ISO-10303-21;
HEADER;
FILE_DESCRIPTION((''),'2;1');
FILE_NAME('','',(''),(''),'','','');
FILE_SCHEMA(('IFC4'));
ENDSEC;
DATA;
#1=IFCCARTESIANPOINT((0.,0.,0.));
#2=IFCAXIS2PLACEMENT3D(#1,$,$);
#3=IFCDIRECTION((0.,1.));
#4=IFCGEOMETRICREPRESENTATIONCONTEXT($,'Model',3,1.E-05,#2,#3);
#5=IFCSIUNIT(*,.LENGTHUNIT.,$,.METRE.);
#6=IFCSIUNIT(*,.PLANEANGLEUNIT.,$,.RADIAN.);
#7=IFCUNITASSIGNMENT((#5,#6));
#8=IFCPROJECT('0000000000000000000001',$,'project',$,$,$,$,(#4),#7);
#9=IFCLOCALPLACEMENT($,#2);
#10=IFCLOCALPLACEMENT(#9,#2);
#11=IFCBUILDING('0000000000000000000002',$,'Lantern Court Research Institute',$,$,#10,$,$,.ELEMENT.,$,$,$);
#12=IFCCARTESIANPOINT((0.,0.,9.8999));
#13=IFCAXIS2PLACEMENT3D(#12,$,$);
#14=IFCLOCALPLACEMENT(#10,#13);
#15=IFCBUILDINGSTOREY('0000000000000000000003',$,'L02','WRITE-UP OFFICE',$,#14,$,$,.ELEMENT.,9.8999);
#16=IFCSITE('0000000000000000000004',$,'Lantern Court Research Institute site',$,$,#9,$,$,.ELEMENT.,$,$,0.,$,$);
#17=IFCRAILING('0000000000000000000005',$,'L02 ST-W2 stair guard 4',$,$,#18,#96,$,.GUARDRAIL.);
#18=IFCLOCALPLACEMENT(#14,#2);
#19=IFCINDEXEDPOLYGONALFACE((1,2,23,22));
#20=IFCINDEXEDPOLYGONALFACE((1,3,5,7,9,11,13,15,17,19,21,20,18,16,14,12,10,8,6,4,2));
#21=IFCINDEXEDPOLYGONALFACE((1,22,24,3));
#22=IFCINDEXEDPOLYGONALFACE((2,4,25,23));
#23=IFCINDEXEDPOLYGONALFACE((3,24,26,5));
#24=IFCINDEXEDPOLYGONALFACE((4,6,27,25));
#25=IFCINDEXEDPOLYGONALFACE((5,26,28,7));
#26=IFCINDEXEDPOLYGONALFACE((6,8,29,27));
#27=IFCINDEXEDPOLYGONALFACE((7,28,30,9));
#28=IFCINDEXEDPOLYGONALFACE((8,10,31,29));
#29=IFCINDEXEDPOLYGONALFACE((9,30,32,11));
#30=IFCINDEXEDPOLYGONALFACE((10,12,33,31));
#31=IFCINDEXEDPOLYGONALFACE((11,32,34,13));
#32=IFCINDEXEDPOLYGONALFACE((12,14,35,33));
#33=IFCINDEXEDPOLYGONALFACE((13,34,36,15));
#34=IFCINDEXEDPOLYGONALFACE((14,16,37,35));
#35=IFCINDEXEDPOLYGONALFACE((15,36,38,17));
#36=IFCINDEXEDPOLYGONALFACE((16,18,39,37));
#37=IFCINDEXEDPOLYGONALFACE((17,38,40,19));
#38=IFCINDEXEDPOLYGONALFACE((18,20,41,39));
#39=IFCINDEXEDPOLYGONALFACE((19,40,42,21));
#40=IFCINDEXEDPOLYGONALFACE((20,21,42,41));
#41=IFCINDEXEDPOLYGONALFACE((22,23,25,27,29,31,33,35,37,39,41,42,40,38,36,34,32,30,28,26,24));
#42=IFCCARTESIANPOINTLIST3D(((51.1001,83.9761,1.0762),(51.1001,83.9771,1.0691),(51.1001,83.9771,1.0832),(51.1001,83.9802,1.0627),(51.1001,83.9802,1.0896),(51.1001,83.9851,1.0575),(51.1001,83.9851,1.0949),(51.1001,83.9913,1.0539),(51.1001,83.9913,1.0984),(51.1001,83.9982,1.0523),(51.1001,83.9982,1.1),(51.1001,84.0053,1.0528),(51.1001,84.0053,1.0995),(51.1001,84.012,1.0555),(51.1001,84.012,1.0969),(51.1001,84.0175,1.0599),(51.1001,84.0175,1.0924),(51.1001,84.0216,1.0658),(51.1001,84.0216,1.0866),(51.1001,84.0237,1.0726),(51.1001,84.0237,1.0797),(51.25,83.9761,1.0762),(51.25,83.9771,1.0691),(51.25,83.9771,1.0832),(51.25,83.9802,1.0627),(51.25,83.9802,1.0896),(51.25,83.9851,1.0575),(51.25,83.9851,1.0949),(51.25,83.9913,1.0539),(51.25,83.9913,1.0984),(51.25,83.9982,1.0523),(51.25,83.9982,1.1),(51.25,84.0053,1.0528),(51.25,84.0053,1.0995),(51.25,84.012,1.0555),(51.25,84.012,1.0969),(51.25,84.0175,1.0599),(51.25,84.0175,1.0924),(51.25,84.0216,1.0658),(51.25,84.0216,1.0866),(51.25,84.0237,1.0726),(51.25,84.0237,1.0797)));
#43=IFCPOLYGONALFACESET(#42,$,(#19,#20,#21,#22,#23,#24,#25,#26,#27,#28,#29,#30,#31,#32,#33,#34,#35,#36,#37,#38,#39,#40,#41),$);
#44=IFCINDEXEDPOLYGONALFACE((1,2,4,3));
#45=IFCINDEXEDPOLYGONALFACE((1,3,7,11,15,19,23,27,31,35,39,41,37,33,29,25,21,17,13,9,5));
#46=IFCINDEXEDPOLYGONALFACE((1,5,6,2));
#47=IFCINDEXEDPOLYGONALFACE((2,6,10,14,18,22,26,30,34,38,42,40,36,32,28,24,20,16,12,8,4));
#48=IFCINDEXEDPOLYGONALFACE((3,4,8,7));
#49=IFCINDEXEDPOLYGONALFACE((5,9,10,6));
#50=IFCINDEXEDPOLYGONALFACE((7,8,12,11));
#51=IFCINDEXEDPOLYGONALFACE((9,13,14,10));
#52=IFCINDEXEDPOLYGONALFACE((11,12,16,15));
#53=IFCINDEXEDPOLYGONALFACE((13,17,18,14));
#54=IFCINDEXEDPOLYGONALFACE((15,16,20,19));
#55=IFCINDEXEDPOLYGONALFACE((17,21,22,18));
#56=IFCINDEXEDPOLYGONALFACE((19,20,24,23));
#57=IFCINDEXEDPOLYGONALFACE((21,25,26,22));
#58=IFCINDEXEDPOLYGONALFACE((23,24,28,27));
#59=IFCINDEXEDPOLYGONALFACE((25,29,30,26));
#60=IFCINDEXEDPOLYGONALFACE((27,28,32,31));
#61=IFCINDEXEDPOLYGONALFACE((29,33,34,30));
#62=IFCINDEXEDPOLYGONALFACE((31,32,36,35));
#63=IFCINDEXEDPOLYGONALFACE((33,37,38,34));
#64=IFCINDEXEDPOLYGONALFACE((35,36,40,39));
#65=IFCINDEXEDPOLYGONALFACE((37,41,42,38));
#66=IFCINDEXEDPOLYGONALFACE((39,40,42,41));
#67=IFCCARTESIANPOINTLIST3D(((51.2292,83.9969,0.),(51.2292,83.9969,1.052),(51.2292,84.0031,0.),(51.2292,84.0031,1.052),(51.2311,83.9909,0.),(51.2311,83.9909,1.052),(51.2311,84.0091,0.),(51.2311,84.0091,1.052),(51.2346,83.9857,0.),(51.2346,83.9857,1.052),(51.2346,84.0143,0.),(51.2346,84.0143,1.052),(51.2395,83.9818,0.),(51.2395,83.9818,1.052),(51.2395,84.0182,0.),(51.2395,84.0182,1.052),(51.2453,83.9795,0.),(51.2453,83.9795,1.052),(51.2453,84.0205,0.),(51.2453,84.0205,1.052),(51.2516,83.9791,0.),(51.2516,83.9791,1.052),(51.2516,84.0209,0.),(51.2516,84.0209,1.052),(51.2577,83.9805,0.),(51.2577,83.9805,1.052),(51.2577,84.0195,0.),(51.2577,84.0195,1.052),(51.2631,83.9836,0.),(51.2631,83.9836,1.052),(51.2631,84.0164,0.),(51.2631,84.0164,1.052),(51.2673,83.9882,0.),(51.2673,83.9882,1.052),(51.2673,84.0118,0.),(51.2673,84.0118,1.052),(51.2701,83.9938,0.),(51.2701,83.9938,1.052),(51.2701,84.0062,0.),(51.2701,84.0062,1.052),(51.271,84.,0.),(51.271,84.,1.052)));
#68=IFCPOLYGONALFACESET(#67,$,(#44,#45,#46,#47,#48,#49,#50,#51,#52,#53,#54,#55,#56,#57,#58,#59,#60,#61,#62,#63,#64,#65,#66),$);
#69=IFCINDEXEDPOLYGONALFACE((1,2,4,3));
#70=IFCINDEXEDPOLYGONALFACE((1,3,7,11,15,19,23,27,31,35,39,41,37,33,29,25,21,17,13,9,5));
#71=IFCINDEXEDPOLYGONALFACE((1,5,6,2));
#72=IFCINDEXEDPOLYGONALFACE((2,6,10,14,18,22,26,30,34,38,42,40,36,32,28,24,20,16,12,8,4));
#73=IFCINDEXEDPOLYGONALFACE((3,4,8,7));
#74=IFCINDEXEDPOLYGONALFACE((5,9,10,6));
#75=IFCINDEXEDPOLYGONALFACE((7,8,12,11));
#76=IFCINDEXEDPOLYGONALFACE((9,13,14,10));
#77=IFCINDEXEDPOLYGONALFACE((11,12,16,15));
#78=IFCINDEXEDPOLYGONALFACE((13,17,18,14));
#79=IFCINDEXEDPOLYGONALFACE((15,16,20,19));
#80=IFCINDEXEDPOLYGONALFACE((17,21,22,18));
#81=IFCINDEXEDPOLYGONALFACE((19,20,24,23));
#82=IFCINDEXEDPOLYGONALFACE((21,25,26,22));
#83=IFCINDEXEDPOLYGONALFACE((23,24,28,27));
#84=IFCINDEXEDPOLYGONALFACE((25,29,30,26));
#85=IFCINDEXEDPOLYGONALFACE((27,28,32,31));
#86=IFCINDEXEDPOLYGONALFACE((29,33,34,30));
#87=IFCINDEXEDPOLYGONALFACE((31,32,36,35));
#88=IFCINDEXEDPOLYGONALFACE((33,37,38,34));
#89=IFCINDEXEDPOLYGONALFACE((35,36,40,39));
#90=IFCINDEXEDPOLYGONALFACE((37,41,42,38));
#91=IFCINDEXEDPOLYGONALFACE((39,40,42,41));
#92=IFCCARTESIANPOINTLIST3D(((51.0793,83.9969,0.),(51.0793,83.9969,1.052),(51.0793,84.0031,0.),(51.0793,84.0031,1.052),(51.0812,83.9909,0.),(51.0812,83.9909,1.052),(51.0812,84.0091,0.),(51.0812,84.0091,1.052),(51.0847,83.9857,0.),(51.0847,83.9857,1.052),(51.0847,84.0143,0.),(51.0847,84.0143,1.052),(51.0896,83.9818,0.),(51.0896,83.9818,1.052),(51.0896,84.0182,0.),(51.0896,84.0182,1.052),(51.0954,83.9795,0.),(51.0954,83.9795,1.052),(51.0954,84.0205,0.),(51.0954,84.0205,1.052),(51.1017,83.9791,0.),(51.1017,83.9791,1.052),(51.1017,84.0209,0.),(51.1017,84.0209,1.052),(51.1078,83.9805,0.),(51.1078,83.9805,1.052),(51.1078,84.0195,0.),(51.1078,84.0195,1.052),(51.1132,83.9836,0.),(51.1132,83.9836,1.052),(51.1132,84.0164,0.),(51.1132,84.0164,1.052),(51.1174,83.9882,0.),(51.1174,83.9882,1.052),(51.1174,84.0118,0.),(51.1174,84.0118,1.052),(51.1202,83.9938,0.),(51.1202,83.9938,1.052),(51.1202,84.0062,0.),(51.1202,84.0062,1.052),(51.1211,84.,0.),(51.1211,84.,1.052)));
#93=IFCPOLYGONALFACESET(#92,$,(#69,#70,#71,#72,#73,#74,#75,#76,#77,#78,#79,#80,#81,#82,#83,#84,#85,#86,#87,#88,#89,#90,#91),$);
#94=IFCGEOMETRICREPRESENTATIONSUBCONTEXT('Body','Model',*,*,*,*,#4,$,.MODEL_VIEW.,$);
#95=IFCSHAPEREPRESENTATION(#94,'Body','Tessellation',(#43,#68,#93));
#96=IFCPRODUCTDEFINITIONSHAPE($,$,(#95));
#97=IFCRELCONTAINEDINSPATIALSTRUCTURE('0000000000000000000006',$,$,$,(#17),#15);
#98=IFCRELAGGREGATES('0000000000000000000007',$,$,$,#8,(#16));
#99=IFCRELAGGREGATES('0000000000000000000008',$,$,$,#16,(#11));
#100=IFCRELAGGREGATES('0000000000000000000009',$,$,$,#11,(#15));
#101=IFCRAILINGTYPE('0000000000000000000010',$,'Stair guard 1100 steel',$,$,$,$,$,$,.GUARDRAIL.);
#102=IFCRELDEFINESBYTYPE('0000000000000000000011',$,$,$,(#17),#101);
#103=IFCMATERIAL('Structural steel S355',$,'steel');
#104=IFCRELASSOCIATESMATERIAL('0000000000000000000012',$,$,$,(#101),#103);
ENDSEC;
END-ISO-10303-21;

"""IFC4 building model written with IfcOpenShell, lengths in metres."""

from ifc_helpers import new_model, si_unit, direction, frame, origin, origin_2d, place, context, subcontext, project, spatial, circle, extrude, material, type_object, element, save


model = new_model("IFC4")

# Units and contexts
model_context = context("Model", 3, precision=1e-05, world=origin(), true_north=direction((0.0, 1.0)))
body_context = subcontext(model_context, "Body", "Model", "MODEL_VIEW")
ifc_project = project(units=[si_unit("LENGTHUNIT", "METRE"), si_unit("PLANEANGLEUNIT", "RADIAN")], contexts=[model_context])

# Site, building, storey
site_placement = place(None, origin())
site = spatial("IfcSite", under=ifc_project, at=site_placement, Name="Lantern Court Research Institute site", CompositionType="ELEMENT", RefElevation=0.0)
building_placement = place(site_placement, origin())
building = spatial("IfcBuilding", under=site, at=building_placement, Name="Lantern Court Research Institute", CompositionType="ELEMENT")
storey_placement = place(building_placement, frame((0.0, 0.0, 9.8999)))
storey = spatial("IfcBuildingStorey", under=building, at=storey_placement, Name="L02", Description="WRITE-UP OFFICE", CompositionType="ELEMENT", Elevation=9.8999)

# Railing
ifc_material_1 = material(Name="Structural steel S355", Category="steel")
railing_type_1 = type_object("IfcRailingType", Name="Stair guard 1100 steel", PredefinedType="GUARDRAIL", material=ifc_material_1)
railing_1_placement = place(storey_placement, frame((51.25, 84.0, 0.0)))
element("IfcRailing", 1, at=railing_1_placement, inside=storey, type_object=railing_type_1, Name="L02 ST-W2 stair guard 4", PredefinedType="GUARDRAIL", context=body_context, shape_type="SweptSolid", body=[
    extrude(circle(Radius=0.0239, at=origin_2d()), frame((0.0, 0.0, 1.0762), z_axis=(-1.0, 0.0, 0.0), x_axis=(0.0, -1.0, 0.0)), (0.0, 0.0, 1.0), 0.1499),
    extrude(circle(Radius=0.021, at=origin_2d()), origin(), (0.0, 0.0, 1.0), 1.052),
    extrude(circle(Radius=0.021, at=origin_2d()), frame((-0.1499, 0.0, 0.0)), (0.0, 0.0, 1.0), 1.052),
])

save(model, "model.ifc")
